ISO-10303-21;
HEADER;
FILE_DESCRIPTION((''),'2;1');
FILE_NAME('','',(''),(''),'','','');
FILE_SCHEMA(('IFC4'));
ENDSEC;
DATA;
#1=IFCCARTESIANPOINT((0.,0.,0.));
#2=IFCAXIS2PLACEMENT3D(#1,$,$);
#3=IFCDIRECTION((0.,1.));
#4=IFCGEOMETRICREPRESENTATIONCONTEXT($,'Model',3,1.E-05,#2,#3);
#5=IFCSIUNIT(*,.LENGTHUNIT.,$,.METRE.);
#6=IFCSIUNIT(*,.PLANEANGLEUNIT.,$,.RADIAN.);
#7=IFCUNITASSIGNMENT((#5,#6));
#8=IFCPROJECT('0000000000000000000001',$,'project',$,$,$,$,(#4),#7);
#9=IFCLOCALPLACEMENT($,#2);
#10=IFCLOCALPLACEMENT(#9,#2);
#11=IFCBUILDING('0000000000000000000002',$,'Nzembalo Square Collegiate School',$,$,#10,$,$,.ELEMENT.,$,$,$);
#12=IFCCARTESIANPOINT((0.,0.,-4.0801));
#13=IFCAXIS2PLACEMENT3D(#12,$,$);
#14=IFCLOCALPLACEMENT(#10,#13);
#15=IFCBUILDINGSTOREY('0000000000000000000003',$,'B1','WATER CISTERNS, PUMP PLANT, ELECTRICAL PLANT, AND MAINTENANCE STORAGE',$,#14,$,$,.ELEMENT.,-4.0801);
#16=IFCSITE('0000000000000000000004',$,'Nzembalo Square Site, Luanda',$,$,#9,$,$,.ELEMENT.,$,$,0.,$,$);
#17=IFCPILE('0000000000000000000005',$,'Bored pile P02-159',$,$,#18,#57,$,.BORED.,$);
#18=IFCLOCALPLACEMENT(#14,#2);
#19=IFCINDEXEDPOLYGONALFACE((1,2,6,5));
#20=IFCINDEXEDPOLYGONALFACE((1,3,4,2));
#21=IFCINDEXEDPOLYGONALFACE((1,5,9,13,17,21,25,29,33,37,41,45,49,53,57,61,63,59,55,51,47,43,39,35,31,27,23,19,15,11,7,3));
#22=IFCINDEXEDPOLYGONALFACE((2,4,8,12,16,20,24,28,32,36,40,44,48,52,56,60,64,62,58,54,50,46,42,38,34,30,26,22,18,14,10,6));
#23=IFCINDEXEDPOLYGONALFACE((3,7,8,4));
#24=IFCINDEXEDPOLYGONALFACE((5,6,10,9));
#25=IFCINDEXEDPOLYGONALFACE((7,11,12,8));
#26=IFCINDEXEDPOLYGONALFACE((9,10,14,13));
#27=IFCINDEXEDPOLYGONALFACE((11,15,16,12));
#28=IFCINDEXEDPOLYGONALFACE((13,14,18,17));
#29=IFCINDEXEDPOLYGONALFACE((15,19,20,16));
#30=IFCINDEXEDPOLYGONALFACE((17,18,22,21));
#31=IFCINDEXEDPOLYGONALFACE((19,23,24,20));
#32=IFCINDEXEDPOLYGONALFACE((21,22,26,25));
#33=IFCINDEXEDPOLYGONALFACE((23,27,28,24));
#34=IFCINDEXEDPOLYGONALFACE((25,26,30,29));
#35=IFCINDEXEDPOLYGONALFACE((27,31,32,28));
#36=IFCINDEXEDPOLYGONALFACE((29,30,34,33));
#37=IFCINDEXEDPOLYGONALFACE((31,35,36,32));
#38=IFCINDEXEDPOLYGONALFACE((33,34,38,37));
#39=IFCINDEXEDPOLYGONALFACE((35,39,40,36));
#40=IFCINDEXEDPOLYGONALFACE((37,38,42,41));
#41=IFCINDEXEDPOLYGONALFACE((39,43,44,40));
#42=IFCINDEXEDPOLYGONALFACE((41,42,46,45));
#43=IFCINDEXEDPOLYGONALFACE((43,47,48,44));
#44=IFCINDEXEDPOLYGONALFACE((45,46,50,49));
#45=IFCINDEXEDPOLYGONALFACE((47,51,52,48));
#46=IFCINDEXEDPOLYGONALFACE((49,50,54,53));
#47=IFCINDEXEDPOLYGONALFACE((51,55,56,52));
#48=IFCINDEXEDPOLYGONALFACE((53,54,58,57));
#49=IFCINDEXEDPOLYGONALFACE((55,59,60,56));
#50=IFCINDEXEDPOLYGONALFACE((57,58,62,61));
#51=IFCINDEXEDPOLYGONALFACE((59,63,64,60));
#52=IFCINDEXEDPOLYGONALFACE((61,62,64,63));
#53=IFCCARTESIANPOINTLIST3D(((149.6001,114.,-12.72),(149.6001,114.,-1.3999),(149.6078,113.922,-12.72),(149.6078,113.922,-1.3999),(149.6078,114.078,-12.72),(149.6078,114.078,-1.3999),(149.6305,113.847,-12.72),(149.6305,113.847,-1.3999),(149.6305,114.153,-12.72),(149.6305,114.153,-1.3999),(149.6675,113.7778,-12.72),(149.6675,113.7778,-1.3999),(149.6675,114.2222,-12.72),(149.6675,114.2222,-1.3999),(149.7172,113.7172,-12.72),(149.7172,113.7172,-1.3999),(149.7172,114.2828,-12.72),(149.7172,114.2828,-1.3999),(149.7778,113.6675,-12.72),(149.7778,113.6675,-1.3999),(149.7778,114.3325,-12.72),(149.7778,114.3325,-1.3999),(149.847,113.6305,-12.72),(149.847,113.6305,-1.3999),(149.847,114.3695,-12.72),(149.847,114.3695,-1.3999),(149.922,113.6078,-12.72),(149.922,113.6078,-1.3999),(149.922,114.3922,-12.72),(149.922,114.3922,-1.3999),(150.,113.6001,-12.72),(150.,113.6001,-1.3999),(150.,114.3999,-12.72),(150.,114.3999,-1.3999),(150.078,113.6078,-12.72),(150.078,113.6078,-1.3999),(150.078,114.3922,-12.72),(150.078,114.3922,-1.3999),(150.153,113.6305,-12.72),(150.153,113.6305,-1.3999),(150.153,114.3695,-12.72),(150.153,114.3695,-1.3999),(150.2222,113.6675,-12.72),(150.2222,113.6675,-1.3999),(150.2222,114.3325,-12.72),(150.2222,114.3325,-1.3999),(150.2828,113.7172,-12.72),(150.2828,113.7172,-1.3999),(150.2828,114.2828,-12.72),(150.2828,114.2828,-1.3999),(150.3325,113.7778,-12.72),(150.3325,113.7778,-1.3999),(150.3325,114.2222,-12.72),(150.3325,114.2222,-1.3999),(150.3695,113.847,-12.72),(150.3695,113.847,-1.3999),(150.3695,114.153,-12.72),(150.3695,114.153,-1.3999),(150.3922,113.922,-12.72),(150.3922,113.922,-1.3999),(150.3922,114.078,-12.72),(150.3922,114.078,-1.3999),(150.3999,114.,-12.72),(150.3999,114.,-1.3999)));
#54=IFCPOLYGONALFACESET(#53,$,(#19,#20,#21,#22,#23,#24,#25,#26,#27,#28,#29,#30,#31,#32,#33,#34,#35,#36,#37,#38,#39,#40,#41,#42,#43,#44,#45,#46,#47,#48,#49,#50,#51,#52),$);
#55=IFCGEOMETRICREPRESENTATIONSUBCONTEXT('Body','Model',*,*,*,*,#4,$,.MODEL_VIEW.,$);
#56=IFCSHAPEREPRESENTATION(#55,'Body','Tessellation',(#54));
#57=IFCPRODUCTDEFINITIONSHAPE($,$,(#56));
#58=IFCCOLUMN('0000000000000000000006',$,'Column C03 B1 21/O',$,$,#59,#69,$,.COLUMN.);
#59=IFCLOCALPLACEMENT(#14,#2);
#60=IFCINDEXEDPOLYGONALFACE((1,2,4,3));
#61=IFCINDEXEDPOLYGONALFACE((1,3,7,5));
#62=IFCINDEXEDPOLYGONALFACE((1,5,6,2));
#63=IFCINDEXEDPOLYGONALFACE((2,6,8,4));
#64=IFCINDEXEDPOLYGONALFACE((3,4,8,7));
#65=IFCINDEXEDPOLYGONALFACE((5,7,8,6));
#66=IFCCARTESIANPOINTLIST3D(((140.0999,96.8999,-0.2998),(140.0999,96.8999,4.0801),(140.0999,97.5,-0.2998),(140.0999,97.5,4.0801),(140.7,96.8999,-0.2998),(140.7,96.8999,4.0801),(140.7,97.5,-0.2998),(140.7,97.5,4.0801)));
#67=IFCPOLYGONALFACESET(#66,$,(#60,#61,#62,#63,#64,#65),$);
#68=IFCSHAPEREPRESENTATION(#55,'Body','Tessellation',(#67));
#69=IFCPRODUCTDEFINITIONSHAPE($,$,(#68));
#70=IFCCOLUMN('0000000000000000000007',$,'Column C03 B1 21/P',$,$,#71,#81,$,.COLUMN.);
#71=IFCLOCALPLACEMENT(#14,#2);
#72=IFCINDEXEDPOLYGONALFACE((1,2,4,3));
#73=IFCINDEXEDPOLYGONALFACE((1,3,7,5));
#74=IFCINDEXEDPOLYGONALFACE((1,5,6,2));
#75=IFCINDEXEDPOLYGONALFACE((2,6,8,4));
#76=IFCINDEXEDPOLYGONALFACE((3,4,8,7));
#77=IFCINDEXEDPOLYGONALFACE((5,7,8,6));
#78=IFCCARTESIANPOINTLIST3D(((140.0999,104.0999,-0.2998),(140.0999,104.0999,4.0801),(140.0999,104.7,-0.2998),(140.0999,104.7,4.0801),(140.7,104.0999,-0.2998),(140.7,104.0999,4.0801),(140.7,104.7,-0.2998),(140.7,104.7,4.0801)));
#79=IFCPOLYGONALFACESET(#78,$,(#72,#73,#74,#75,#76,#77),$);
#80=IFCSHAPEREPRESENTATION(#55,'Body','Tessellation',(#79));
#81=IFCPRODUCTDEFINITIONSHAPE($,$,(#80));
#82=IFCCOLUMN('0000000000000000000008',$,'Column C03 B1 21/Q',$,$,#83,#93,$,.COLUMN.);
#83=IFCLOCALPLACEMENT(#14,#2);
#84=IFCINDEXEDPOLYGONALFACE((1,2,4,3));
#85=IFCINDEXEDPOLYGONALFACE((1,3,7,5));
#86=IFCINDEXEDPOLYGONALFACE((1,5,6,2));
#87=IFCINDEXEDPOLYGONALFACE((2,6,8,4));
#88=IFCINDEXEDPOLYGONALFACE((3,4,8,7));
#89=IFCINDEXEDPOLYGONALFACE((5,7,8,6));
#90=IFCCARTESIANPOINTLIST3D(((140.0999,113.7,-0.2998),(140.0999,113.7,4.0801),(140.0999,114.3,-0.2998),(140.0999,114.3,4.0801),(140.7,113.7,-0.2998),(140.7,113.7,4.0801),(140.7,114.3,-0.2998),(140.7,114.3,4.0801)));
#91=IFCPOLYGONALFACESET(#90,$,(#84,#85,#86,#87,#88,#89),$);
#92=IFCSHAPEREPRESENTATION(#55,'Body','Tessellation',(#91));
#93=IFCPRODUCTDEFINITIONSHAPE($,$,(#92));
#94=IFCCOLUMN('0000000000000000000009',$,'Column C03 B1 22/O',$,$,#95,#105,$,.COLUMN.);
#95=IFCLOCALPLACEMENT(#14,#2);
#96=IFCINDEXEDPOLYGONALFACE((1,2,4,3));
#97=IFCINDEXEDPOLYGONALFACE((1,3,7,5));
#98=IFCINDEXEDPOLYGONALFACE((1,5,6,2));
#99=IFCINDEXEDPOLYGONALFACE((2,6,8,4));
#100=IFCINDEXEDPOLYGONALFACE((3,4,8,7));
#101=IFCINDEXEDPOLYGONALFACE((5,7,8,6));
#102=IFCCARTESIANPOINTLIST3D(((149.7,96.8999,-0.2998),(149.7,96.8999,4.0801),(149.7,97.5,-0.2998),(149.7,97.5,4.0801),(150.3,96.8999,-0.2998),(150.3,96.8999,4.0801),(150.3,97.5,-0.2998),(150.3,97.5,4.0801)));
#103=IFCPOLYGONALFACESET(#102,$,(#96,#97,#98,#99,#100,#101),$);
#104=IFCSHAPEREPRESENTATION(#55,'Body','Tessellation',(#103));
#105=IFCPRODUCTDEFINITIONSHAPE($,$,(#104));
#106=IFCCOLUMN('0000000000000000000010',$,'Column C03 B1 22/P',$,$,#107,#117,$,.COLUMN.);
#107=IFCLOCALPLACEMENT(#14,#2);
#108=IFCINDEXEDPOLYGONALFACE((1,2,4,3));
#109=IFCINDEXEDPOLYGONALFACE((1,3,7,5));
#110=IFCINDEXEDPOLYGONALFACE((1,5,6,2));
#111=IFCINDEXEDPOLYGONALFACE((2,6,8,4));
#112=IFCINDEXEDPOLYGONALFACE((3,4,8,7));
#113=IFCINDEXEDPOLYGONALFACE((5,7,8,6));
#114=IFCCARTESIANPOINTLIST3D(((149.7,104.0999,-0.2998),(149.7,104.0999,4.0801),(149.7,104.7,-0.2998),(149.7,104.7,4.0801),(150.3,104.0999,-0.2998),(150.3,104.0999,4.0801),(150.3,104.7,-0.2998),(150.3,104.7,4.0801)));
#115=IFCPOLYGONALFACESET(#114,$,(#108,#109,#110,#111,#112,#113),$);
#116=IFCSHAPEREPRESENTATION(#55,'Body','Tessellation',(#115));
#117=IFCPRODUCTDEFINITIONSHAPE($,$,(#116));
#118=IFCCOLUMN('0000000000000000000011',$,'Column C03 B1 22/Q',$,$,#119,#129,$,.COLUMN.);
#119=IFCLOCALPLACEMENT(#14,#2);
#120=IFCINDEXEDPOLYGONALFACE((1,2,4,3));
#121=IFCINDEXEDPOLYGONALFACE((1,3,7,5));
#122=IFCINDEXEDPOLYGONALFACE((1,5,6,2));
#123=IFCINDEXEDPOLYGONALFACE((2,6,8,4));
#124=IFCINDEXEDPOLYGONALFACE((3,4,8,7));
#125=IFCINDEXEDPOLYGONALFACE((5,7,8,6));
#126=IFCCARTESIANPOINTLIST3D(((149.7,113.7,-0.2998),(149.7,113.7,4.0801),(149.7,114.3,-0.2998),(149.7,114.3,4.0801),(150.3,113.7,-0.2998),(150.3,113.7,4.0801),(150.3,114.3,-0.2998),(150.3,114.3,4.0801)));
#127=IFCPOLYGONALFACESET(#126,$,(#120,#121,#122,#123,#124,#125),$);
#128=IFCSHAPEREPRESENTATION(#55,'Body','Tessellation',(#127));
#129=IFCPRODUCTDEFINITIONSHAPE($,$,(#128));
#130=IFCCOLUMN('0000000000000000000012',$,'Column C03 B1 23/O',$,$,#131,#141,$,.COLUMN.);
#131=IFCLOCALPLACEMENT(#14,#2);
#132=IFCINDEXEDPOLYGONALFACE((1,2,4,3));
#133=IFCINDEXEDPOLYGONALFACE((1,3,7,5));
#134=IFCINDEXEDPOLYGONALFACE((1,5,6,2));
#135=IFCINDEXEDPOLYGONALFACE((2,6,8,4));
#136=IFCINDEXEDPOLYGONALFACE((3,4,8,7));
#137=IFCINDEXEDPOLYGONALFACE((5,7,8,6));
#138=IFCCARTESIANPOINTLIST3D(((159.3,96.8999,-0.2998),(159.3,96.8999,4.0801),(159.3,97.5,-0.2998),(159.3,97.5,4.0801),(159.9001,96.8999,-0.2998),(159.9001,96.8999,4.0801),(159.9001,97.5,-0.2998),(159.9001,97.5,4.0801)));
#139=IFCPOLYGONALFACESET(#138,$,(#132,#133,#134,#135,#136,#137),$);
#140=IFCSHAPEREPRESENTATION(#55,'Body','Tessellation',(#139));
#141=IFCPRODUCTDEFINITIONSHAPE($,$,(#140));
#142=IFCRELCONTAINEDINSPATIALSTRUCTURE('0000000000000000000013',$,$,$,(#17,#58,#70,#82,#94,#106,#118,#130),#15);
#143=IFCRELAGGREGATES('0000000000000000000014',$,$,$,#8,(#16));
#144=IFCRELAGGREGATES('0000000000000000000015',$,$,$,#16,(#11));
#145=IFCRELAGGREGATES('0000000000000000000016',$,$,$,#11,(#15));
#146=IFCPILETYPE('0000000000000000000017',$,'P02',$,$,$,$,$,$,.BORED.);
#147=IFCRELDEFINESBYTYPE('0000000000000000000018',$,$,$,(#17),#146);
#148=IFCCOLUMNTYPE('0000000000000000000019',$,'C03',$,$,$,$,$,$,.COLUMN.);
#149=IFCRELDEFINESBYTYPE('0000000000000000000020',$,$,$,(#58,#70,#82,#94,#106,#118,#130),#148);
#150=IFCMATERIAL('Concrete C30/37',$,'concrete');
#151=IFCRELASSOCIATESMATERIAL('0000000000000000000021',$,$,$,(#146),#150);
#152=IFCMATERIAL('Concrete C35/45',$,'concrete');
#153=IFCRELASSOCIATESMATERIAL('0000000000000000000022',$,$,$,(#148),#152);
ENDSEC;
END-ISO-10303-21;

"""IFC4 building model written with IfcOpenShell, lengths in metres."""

from ifc_helpers import new_model, si_unit, direction, frame, origin, origin_2d, place, context, subcontext, project, spatial, rectangle, circle, extrude, material, material_profile, profile_set, type_object, element, save


model = new_model("IFC4")

# Units and contexts
model_context = context("Model", 3, precision=1e-05, world=origin(), true_north=direction((0.0, 1.0)))
body_context = subcontext(model_context, "Body", "Model", "MODEL_VIEW")
ifc_project = project(units=[si_unit("LENGTHUNIT", "METRE"), si_unit("PLANEANGLEUNIT", "RADIAN")], contexts=[model_context])

# Site, building, storey
site_placement = place(None, origin())
site = spatial("IfcSite", under=ifc_project, at=site_placement, Name="Nzembalo Square Site, Luanda", CompositionType="ELEMENT", RefElevation=0.0)
building_placement = place(site_placement, origin())
building = spatial("IfcBuilding", under=site, at=building_placement, Name="Nzembalo Square Collegiate School", CompositionType="ELEMENT")
storey_placement = place(building_placement, frame((0.0, 0.0, -4.0801)))
storey = spatial("IfcBuildingStorey", under=building, at=storey_placement, Name="B1", Description="WATER CISTERNS, PUMP PLANT, ELECTRICAL PLANT, AND MAINTENANCE STORAGE", CompositionType="ELEMENT", Elevation=-4.0801)

# Pile
ifc_material_1 = material(Name="Concrete C30/37", Category="concrete")
ifc_material_profile_1 = material_profile(ifc_material_1, circle(Radius=0.3999, at=origin_2d()), Name="PILE D800")
ifc_profile_set_1 = profile_set([ifc_material_profile_1], Name="Concrete C30/37")
pile_type_1 = type_object("IfcPileType", Name="P02", PredefinedType="BORED", material=ifc_profile_set_1)
for number, where, z_axis, x_axis, name in (
    (1, (150.0, 114.0, -1.3999), (0.0, 0.0, -1.0), (1.0, 0.0, 0.0), "Bored pile P02-159"),
):
    element("IfcPile", number, at=place(storey_placement, frame(where, z_axis=z_axis, x_axis=x_axis)), inside=storey, type_object=pile_type_1, Name=name, PredefinedType="BORED", context=body_context, shape_type="SweptSolid", body=[
        extrude(circle(Radius=0.3999, at=origin_2d()), origin(), (0.0, 0.0, 1.0), 11.3201),
    ])

# Columns
ifc_material_2 = material(Name="Concrete C35/45", Category="concrete")
ifc_material_profile_2 = material_profile(ifc_material_2, rectangle(XDim=0.6001, YDim=0.6001, at=origin_2d()), Name="RC 600x600")
ifc_profile_set_2 = profile_set([ifc_material_profile_2], Name="Concrete C35/45")
column_type = type_object("IfcColumnType", Name="C03", PredefinedType="COLUMN", material=ifc_profile_set_2)
for number, where, z_axis, x_axis, name in (
    (2, (140.3999, 97.2, -0.2998), (0.0, 0.0, 1.0), (1.0, 0.0, 0.0), "Column C03 B1 21/O"),
    (3, (140.3999, 104.3999, -0.2998), (0.0, 0.0, 1.0), (1.0, 0.0, 0.0), "Column C03 B1 21/P"),
    (4, (140.3999, 114.0, -0.2998), (0.0, 0.0, 1.0), (1.0, 0.0, 0.0), "Column C03 B1 21/Q"),
    (5, (150.0, 97.2, -0.2998), (0.0, 0.0, 1.0), (1.0, 0.0, 0.0), "Column C03 B1 22/O"),
    (6, (150.0, 104.3999, -0.2998), (0.0, 0.0, 1.0), (1.0, 0.0, 0.0), "Column C03 B1 22/P"),
    (7, (150.0, 114.0, -0.2998), (0.0, 0.0, 1.0), (1.0, 0.0, 0.0), "Column C03 B1 22/Q"),
    (8, (159.6001, 97.2, -0.2998), (0.0, 0.0, 1.0), (1.0, 0.0, 0.0), "Column C03 B1 23/O"),
):
    element("IfcColumn", number, at=place(storey_placement, frame(where, z_axis=z_axis, x_axis=x_axis)), inside=storey, type_object=column_type, Name=name, PredefinedType="COLUMN", context=body_context, shape_type="SweptSolid", body=[
        extrude(rectangle(XDim=0.6001, YDim=0.6001, at=origin_2d()), origin(), (0.0, 0.0, 1.0), 4.3799),
    ])

save(model, "model.ifc")
